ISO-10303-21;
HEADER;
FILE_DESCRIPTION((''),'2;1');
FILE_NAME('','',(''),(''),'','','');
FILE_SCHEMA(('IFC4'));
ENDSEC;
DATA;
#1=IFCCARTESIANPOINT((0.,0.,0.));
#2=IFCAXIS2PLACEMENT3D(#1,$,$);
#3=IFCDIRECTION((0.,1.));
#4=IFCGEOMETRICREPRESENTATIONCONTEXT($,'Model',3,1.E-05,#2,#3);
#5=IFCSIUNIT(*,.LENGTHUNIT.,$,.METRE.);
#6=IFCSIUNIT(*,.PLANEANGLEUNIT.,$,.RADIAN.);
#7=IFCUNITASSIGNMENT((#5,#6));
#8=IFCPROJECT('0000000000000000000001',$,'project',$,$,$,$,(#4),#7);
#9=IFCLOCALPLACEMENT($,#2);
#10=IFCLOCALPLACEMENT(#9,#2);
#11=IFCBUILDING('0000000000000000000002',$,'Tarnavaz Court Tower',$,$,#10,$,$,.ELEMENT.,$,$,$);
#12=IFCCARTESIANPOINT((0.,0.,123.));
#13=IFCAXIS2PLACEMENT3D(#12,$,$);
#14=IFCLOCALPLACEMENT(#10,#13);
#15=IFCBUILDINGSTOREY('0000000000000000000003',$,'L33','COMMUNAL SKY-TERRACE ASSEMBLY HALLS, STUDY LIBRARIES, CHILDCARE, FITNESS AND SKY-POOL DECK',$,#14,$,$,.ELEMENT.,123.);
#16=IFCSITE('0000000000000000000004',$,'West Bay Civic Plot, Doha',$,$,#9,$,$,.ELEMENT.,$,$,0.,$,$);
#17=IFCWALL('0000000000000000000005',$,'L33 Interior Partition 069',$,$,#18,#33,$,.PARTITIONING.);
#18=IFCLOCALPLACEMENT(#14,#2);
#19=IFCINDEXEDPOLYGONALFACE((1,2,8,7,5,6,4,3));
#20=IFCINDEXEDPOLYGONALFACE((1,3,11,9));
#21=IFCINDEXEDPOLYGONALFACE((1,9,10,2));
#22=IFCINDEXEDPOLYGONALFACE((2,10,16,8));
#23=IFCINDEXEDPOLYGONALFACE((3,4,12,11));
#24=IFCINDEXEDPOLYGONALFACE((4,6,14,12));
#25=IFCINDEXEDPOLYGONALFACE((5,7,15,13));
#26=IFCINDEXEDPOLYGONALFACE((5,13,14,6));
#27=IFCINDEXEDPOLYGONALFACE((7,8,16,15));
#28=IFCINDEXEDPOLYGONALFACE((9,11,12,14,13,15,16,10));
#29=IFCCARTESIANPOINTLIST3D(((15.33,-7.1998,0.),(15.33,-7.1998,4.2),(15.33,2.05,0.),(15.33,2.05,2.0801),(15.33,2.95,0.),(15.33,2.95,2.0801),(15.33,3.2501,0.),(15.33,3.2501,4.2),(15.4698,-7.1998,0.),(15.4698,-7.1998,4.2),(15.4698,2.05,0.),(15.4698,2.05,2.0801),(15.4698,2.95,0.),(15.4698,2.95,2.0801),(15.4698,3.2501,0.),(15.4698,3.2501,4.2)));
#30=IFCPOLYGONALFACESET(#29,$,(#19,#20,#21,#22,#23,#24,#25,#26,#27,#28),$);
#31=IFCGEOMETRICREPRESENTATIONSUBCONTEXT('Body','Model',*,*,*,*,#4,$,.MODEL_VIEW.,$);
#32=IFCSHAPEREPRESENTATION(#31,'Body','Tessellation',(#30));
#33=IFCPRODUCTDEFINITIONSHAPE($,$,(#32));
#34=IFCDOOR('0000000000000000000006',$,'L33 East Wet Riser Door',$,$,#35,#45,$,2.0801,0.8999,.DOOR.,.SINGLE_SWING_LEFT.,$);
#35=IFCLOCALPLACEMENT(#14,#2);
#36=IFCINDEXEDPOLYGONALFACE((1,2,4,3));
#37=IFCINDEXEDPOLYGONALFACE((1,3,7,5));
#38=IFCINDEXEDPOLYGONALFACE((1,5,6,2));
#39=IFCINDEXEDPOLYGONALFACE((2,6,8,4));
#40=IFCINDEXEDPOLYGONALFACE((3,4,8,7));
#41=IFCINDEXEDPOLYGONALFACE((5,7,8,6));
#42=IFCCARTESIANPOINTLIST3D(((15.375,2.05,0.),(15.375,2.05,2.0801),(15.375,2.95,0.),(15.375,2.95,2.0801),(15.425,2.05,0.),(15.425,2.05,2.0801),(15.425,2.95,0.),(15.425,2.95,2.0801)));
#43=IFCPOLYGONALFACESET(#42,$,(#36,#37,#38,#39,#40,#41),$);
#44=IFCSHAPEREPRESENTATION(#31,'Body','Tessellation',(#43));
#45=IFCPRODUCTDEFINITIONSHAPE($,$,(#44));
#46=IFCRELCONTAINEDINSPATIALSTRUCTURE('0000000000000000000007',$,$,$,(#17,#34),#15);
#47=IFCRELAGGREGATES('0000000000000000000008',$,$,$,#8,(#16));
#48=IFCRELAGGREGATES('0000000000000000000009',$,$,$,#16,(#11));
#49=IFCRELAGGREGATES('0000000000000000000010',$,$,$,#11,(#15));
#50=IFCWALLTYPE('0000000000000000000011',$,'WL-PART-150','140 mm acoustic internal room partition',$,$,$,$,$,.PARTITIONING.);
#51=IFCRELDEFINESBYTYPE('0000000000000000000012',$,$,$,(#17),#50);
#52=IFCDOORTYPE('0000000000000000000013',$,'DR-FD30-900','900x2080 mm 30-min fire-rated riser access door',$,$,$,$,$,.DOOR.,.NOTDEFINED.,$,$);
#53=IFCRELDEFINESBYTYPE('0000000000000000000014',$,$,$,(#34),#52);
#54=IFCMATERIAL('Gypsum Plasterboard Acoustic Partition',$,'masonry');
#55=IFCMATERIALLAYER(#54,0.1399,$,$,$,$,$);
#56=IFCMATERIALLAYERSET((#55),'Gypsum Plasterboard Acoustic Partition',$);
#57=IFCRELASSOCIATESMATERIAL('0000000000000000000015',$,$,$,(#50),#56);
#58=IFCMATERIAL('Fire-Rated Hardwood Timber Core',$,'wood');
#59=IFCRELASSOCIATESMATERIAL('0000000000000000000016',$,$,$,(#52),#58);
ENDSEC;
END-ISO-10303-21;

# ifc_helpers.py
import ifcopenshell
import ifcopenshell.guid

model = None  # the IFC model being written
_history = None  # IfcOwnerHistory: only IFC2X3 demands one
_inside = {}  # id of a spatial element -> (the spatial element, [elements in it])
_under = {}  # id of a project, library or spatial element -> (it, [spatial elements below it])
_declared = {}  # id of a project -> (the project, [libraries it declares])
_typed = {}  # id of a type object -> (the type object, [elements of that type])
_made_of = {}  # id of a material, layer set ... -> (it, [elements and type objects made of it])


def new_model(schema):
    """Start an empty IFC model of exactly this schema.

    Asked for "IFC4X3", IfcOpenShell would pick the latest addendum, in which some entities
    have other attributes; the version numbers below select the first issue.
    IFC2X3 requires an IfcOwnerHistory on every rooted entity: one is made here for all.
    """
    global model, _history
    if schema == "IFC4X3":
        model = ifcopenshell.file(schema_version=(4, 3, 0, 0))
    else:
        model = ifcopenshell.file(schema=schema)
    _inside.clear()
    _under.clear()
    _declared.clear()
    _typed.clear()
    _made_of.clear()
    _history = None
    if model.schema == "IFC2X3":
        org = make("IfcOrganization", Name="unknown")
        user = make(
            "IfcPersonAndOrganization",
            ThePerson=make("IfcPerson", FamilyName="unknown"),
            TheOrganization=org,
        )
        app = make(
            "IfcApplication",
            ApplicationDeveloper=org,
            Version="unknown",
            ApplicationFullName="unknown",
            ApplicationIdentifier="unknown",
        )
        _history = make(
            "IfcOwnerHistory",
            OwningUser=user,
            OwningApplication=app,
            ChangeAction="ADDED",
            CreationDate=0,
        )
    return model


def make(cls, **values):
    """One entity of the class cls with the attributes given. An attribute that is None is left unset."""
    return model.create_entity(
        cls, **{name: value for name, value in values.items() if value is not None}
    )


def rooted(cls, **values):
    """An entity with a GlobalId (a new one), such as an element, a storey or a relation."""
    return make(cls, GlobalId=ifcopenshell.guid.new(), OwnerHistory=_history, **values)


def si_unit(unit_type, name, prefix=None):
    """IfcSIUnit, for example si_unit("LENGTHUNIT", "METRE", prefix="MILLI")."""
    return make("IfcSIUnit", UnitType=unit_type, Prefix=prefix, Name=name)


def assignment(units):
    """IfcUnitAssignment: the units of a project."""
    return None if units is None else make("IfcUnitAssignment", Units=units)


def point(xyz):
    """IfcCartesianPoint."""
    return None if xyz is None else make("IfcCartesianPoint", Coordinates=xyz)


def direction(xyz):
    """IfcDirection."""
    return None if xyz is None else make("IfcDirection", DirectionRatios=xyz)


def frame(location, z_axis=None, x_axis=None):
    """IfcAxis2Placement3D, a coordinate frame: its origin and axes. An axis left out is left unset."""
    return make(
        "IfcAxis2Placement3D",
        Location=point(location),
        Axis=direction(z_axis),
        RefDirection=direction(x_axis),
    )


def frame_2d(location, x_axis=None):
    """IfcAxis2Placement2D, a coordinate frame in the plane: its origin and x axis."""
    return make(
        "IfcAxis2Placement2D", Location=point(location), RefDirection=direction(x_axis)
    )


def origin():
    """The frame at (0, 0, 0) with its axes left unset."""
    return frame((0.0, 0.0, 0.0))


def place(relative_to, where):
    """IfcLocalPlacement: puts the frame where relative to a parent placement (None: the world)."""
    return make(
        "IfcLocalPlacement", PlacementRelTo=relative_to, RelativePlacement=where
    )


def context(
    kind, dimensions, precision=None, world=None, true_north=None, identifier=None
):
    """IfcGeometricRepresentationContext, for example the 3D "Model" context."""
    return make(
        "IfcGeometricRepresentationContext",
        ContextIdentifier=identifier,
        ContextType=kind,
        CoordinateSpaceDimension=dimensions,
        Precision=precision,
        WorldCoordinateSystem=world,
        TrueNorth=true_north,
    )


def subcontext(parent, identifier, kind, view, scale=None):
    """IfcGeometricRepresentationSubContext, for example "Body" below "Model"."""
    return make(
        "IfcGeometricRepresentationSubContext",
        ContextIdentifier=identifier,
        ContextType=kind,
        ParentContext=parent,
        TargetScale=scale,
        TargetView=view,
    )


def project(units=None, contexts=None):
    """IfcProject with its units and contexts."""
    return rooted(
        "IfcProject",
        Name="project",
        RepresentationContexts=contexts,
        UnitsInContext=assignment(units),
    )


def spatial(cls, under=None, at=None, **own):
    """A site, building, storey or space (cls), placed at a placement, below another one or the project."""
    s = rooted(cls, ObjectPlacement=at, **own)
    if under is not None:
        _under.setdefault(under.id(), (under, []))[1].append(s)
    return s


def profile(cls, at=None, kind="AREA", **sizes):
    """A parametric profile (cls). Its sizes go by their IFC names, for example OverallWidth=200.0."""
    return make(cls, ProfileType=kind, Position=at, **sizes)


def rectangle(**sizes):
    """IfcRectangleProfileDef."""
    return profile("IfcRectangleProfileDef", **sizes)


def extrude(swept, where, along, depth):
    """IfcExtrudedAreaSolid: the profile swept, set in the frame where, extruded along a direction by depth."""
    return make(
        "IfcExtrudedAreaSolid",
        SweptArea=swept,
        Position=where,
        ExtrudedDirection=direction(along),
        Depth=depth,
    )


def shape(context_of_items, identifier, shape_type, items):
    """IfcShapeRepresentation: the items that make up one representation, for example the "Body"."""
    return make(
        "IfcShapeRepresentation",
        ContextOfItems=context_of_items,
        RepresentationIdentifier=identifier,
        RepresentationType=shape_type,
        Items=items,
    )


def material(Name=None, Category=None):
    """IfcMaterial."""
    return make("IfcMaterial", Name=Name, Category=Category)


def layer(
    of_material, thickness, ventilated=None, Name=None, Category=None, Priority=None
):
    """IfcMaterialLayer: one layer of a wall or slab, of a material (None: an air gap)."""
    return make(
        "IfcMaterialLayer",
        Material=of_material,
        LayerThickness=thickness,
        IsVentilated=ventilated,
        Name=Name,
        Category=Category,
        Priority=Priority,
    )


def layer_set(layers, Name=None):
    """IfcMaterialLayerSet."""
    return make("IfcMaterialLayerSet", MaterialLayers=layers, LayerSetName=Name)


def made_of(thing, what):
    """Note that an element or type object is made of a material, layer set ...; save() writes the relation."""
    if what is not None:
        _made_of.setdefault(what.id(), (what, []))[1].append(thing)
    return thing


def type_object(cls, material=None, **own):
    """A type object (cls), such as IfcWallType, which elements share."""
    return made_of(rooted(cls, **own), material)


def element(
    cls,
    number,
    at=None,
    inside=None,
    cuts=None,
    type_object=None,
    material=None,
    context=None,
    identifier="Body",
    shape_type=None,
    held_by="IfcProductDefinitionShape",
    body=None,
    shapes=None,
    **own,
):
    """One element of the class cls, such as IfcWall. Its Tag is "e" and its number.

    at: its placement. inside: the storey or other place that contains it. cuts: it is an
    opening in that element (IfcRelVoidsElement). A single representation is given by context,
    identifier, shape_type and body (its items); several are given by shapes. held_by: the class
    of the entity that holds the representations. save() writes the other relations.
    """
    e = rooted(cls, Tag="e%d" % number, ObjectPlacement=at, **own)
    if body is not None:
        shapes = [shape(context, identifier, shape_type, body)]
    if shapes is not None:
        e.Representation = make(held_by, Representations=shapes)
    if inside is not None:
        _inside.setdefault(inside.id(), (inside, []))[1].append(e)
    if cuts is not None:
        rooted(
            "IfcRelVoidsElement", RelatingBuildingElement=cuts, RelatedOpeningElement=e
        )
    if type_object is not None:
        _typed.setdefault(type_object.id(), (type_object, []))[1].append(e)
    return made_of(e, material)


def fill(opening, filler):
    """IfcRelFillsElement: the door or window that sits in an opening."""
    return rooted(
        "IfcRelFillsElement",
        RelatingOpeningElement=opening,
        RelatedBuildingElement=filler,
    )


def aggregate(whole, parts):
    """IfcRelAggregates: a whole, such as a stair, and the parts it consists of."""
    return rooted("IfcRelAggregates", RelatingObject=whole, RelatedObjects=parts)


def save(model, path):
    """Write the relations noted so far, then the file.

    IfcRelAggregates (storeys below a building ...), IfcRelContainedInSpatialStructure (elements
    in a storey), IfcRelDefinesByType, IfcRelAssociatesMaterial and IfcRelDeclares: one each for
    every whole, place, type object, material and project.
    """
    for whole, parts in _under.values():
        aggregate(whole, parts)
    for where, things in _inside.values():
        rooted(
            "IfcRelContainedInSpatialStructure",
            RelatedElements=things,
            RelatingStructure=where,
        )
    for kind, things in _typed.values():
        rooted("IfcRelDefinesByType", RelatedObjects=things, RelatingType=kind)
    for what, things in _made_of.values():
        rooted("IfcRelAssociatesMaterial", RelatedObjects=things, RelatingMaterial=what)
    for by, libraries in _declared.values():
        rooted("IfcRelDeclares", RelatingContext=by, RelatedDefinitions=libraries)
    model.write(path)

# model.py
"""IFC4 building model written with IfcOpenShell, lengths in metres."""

from ifc_helpers import new_model, si_unit, direction, frame, frame_2d, origin, place, context, subcontext, project, spatial, rectangle, extrude, material, layer, layer_set, type_object, element, fill, save


model = new_model("IFC4")

# Units and contexts
model_context = context("Model", 3, precision=1e-05, world=origin(), true_north=direction((0.0, 1.0)))
body_context = subcontext(model_context, "Body", "Model", "MODEL_VIEW")
ifc_project = project(units=[si_unit("LENGTHUNIT", "METRE"), si_unit("PLANEANGLEUNIT", "RADIAN")], contexts=[model_context])

# Site, building, storey
site_placement = place(None, origin())
site = spatial("IfcSite", under=ifc_project, at=site_placement, Name="West Bay Civic Plot, Doha", CompositionType="ELEMENT", RefElevation=0.0)
building_placement = place(site_placement, origin())
building = spatial("IfcBuilding", under=site, at=building_placement, Name="Tarnavaz Court Tower", CompositionType="ELEMENT")
storey_placement = place(building_placement, frame((0.0, 0.0, 123.0)))
storey = spatial("IfcBuildingStorey", under=building, at=storey_placement, Name="L33", Description="COMMUNAL SKY-TERRACE ASSEMBLY HALLS, STUDY LIBRARIES, CHILDCARE, FITNESS AND SKY-POOL DECK", CompositionType="ELEMENT", Elevation=123.0)

# Wall, opening, door
ifc_material_1 = material(Name="Gypsum Plasterboard Acoustic Partition", Category="masonry")
ifc_layer_1 = layer(ifc_material_1, 0.1399)
ifc_layer_set_1 = layer_set([ifc_layer_1], Name="Gypsum Plasterboard Acoustic Partition")
wall_type_1 = type_object("IfcWallType", Name="WL-PART-150", Description="140 mm acoustic internal room partition", PredefinedType="PARTITIONING", material=ifc_layer_set_1)
wall_1_placement = place(storey_placement, frame((15.3999, -7.2, 0.0), z_axis=(0.0, 0.0, 1.0), x_axis=(0.0, 1.0, 0.0)))
wall_1 = element("IfcWall", 1, at=wall_1_placement, inside=storey, type_object=wall_type_1, Name="L33 Interior Partition 069", PredefinedType="PARTITIONING", context=body_context, shape_type="SweptSolid", body=[
    extrude(rectangle(XDim=10.45, YDim=0.1399, at=frame_2d((5.2251, 0.0))), origin(), (0.0, 0.0, 1.0), 4.2),
])
opening_1_placement = place(wall_1_placement, frame((9.25, 0.0, 0.0)))
opening_1 = element("IfcOpeningElement", 2, at=opening_1_placement, cuts=wall_1, PredefinedType="OPENING", context=body_context, shape_type="SweptSolid", body=[
    extrude(rectangle(XDim=0.8999, YDim=2.0801, at=frame_2d((0.45, 1.04))), frame((0.0, 0.0798, 0.0), z_axis=(0.0, -1.0, 0.0), x_axis=(1.0, 0.0, 0.0)), (0.0, 0.0, 1.0), 0.1599),
])
ifc_material_2 = material(Name="Fire-Rated Hardwood Timber Core", Category="wood")
door_type_1 = type_object("IfcDoorType", Name="DR-FD30-900", Description="900x2080 mm 30-min fire-rated riser access door", OperationType="NOTDEFINED", PredefinedType="DOOR", material=ifc_material_2)
door_1_placement = place(opening_1_placement, origin())
door_1 = element("IfcDoor", 3, at=door_1_placement, inside=storey, type_object=door_type_1, Name="L33 East Wet Riser Door", OperationType="SINGLE_SWING_LEFT", OverallHeight=2.0801, OverallWidth=0.8999, PredefinedType="DOOR", context=body_context, shape_type="SweptSolid", body=[
    extrude(rectangle(XDim=0.8999, YDim=2.0801, at=frame_2d((0.45, 1.04))), frame((0.0, 0.0249, 0.0), z_axis=(0.0, -1.0, 0.0), x_axis=(1.0, 0.0, 0.0)), (0.0, 0.0, 1.0), 0.05),
])
fill(opening_1, door_1)

save(model, "model.ifc")
